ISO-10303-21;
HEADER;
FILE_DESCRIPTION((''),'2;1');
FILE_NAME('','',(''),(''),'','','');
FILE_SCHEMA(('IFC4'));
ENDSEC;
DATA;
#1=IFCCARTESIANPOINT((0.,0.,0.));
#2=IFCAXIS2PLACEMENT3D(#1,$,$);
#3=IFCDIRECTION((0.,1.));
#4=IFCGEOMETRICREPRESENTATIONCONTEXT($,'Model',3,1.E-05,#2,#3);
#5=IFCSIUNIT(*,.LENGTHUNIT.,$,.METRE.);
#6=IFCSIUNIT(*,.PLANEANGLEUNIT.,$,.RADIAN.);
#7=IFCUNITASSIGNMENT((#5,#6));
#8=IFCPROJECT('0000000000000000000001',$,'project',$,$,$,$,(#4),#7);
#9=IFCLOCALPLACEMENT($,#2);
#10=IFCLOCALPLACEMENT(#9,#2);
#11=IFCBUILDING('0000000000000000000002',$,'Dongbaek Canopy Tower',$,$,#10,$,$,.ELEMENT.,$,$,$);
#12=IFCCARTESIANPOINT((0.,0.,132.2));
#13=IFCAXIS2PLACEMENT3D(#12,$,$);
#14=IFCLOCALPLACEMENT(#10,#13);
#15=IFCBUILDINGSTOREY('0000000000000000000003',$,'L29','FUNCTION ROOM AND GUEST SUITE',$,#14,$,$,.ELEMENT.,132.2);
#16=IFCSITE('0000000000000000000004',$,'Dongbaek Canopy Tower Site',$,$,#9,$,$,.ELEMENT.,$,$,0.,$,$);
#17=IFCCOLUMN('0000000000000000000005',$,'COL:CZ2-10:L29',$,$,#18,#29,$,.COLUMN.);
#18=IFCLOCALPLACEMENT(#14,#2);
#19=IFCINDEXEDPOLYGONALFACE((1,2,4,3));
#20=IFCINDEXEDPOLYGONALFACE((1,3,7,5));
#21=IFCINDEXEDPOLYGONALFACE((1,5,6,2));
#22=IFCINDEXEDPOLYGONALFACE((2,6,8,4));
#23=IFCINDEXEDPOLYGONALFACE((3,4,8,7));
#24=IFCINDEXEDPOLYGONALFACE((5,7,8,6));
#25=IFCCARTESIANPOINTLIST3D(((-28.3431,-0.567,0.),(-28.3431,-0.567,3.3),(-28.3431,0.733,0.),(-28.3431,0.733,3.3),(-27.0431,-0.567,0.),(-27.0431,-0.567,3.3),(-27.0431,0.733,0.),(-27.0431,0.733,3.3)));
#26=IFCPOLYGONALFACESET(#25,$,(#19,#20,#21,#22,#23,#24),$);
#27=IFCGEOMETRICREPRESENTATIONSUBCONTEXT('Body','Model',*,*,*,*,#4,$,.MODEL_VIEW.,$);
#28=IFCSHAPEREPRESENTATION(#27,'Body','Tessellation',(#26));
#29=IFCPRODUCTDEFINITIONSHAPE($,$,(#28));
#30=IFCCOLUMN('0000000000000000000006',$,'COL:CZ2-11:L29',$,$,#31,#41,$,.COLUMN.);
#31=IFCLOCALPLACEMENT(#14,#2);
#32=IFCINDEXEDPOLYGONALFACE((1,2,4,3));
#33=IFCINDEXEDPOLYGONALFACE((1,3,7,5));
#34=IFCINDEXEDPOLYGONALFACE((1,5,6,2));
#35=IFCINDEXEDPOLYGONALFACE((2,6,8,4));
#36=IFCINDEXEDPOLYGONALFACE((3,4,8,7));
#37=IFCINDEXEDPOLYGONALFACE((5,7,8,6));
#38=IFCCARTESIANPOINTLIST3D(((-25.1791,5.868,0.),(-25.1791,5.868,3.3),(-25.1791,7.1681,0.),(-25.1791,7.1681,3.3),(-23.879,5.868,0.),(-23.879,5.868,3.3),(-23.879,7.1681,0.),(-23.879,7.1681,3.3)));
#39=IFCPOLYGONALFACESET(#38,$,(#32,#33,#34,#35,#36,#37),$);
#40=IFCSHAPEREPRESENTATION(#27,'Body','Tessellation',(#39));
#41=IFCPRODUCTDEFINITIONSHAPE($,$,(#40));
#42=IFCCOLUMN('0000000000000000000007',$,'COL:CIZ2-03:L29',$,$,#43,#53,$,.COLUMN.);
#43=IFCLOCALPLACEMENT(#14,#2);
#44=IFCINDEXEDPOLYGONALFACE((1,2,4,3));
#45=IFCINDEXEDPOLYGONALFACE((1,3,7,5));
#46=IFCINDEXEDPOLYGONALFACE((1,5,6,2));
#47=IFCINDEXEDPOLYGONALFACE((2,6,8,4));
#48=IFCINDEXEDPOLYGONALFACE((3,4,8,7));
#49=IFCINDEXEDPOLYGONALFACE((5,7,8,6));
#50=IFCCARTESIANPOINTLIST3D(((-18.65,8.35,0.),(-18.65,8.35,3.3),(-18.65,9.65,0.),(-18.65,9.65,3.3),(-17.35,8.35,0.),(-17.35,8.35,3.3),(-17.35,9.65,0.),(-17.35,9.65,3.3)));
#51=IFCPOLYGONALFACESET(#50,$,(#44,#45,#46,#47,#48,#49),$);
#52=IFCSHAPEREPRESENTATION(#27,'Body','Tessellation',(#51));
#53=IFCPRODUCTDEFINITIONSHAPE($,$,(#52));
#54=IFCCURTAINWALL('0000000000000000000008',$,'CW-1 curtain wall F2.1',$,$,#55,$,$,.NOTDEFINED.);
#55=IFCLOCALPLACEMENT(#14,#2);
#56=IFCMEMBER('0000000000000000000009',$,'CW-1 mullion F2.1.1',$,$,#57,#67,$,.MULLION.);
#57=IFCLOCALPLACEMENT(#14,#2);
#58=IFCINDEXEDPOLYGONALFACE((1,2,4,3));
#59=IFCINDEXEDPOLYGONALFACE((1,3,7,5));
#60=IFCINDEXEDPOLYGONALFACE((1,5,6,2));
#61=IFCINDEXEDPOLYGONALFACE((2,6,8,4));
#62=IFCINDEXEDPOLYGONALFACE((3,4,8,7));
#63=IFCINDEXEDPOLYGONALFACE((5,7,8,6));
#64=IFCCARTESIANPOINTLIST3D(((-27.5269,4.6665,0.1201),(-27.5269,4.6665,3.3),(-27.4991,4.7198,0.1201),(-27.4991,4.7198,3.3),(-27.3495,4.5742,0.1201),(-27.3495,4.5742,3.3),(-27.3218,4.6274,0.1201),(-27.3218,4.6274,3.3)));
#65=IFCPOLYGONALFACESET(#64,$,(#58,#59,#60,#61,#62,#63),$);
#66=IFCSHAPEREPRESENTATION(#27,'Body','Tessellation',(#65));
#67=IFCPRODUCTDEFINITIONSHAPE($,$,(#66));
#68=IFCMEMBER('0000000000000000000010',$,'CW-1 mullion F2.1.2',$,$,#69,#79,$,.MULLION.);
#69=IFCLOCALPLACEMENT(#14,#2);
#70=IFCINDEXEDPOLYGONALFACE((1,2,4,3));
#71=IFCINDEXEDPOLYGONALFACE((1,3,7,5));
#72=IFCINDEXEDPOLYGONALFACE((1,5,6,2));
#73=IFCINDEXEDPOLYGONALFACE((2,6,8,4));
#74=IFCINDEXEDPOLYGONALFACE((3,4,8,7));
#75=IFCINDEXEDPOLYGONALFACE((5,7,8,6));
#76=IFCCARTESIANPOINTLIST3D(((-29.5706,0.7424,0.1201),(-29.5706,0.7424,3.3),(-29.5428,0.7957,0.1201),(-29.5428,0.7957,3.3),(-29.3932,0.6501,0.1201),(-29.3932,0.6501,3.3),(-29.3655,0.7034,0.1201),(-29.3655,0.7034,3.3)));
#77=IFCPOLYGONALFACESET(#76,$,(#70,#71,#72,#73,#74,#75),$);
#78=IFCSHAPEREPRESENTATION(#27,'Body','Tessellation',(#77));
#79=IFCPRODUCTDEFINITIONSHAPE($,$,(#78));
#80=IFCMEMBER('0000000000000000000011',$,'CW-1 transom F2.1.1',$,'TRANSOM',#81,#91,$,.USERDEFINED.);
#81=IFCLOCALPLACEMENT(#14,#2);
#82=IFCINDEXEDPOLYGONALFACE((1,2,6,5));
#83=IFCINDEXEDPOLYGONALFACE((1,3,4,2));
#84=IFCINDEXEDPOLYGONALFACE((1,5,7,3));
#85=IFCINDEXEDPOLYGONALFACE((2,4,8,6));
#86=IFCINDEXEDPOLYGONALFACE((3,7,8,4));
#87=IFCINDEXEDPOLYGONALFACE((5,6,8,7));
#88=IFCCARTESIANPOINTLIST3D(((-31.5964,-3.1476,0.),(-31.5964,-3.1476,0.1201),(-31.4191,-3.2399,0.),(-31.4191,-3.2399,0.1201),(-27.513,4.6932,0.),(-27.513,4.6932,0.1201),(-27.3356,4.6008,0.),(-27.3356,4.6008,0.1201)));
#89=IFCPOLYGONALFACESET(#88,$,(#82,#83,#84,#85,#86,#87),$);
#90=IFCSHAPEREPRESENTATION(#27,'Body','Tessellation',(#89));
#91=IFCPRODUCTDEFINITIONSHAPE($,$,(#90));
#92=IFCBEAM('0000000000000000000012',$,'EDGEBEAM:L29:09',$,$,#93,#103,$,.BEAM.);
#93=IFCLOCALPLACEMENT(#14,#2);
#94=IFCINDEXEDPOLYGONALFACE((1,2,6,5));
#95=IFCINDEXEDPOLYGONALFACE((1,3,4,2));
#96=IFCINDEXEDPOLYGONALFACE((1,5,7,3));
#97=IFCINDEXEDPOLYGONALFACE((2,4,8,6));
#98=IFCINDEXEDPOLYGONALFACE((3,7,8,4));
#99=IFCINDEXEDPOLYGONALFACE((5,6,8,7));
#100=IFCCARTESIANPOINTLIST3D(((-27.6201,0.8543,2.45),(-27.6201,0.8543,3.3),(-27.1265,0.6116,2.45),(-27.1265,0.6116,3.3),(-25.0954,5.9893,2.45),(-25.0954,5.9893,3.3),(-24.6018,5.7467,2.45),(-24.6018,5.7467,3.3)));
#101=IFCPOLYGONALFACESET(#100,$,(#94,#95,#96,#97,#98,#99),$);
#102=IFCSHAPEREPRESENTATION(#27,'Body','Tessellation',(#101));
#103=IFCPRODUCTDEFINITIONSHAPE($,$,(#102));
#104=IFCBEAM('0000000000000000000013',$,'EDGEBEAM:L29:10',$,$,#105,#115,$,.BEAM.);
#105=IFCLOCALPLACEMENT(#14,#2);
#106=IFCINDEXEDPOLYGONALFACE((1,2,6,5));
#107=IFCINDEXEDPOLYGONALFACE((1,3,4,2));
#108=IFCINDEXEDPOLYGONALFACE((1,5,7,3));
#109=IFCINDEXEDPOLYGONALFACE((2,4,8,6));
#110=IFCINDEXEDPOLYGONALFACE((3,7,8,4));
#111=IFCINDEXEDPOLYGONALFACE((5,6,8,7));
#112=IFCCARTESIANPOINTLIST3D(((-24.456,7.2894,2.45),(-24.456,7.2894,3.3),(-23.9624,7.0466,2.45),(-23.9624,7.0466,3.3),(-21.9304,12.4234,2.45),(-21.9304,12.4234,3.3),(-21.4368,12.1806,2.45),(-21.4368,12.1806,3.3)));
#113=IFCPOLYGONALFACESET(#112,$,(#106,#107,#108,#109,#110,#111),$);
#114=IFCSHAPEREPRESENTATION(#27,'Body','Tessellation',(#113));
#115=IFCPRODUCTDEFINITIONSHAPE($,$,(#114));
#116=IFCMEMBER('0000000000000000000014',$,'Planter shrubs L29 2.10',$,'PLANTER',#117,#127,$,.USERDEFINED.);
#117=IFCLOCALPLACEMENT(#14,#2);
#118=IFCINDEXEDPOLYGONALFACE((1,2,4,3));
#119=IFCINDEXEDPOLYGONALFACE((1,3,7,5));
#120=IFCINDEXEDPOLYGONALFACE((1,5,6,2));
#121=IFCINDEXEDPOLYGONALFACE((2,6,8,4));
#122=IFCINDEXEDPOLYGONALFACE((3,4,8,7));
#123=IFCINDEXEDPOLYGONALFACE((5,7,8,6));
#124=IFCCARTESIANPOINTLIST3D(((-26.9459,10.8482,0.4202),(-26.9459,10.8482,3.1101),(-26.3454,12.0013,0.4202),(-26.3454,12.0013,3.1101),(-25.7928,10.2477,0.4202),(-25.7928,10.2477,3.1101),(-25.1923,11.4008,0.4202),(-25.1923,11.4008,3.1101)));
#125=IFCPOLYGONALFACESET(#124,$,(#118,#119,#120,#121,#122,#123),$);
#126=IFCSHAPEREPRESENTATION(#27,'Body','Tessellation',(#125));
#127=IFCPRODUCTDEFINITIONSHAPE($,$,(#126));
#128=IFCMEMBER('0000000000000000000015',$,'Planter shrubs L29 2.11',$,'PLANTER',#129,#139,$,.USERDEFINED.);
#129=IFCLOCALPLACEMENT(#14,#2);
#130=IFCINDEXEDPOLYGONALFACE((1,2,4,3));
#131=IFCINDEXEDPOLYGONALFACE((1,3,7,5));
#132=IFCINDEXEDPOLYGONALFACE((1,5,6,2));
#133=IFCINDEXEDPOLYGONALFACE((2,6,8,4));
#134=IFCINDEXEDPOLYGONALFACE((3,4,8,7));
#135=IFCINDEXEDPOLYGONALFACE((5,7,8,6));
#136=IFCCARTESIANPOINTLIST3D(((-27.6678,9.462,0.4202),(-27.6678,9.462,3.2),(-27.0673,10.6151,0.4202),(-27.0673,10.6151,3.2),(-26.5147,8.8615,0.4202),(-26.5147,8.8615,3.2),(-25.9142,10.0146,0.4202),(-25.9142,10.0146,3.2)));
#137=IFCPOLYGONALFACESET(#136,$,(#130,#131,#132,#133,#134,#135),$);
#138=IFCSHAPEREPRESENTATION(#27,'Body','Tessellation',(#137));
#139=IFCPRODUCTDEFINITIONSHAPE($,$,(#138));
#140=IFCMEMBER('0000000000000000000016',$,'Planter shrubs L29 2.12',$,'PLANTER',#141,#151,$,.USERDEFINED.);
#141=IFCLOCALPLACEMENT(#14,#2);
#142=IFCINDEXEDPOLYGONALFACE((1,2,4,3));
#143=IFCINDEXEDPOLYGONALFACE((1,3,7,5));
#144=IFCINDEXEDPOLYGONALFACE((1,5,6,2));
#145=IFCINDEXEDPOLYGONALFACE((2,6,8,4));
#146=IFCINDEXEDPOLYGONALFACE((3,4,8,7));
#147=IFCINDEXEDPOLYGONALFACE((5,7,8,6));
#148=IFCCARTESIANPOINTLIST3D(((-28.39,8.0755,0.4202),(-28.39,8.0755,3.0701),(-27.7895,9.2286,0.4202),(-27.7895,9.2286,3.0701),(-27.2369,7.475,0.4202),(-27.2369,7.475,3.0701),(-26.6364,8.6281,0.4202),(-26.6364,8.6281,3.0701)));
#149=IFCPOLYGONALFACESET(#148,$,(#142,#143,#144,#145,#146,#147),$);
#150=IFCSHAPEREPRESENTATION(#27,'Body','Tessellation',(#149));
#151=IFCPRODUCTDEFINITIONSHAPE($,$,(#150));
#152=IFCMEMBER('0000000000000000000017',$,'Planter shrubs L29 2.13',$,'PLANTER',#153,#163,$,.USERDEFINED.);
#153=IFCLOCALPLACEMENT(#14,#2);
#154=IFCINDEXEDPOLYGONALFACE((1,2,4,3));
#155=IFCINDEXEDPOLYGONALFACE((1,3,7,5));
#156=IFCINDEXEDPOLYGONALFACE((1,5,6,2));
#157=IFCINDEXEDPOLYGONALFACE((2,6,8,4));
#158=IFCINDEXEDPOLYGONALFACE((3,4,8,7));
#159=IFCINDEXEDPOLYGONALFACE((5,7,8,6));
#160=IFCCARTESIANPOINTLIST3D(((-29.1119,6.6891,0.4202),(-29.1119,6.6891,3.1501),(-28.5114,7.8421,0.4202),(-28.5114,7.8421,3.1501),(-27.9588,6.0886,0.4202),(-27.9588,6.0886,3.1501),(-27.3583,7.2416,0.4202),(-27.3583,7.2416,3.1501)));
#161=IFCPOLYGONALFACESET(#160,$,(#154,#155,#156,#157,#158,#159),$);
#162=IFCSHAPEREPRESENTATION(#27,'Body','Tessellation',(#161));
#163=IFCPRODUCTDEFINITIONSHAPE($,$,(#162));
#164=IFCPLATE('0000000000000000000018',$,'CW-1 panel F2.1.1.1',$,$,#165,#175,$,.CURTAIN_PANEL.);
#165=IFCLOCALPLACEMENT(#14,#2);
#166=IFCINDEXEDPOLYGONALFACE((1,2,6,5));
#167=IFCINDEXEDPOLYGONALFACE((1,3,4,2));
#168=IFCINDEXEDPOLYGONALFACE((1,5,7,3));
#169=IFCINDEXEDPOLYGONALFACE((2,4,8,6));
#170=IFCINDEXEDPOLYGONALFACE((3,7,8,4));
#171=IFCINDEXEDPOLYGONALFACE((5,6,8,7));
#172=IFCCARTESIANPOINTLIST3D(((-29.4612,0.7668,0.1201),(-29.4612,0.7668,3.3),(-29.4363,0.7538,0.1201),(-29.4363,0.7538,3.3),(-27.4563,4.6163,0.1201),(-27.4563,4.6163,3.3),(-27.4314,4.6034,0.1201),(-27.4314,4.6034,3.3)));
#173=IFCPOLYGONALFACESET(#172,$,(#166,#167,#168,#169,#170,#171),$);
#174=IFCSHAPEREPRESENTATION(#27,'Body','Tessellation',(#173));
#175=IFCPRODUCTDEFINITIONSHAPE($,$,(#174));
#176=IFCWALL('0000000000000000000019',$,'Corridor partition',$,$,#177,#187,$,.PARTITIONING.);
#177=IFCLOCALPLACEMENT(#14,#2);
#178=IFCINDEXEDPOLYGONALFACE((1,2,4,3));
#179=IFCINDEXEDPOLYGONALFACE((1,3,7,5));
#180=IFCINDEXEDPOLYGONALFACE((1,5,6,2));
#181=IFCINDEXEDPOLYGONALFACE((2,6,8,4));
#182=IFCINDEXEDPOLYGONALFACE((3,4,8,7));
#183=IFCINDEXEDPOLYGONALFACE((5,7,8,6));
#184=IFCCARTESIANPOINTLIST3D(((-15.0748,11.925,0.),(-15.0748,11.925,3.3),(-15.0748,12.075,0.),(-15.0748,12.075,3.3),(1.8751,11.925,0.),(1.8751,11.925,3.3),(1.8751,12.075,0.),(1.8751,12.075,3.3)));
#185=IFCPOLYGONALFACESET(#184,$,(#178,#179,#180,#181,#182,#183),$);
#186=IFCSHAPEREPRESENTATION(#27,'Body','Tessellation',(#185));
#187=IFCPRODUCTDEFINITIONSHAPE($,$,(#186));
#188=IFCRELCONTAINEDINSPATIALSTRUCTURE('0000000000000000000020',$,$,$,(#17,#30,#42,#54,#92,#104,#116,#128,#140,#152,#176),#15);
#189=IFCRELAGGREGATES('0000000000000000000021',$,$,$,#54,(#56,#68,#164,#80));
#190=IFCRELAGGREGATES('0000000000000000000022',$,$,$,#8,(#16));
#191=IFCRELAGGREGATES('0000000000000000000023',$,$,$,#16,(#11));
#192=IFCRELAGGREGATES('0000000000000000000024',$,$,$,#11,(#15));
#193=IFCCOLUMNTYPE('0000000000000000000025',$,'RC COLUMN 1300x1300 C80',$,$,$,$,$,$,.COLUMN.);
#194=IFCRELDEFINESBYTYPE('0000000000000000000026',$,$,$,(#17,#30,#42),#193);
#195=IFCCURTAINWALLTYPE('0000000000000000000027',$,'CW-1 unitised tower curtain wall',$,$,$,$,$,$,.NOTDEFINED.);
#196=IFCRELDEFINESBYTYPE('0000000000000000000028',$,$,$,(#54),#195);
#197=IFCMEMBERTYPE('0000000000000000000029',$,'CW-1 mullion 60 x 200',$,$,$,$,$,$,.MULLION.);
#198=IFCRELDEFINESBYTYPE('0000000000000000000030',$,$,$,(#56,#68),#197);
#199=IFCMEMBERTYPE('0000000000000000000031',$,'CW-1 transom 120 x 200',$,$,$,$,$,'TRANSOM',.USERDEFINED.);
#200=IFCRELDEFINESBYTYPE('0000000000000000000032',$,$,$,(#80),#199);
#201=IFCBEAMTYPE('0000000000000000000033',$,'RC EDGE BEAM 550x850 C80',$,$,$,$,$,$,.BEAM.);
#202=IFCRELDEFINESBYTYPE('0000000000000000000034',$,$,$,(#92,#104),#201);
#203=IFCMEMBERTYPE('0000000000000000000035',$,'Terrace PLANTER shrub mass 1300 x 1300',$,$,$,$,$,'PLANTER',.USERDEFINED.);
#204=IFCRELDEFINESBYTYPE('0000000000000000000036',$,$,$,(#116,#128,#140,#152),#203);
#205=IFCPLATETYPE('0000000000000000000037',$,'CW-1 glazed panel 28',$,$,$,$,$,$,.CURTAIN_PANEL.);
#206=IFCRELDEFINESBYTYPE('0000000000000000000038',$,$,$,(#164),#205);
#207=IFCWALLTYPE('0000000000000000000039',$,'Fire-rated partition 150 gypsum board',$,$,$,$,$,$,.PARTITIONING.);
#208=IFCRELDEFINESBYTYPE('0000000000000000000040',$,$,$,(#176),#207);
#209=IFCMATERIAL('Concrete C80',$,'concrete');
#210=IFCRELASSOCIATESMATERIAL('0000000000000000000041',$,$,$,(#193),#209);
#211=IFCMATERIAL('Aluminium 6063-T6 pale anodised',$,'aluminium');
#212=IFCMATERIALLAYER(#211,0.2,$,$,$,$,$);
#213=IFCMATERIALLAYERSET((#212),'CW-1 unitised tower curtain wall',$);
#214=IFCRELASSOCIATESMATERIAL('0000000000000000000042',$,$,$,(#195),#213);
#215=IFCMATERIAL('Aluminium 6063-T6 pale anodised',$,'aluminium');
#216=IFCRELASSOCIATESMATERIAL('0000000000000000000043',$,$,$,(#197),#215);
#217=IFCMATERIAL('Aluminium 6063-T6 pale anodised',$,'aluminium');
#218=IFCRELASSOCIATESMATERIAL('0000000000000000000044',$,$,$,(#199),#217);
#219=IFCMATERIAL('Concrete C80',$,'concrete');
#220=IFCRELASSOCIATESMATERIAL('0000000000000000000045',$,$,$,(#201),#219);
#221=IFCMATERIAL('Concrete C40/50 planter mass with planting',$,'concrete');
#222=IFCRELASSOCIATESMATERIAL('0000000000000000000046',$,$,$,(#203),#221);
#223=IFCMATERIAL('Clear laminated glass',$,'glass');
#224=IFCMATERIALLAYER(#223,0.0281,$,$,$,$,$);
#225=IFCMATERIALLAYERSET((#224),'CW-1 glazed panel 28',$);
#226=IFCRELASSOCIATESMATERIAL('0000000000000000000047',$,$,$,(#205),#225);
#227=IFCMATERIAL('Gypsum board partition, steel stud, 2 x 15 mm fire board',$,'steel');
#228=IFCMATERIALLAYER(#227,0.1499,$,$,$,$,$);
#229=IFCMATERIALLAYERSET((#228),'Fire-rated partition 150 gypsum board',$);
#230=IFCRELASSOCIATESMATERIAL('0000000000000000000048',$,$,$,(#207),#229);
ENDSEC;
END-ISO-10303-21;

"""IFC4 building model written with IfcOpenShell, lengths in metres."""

from ifc_helpers import new_model, si_unit, direction, frame, frame_2d, origin, origin_2d, place, context, subcontext, project, spatial, rectangle, extrude, material, layer, layer_set, material_profile, profile_set, type_object, element, aggregate, save


model = new_model("IFC4")

# Units and contexts
model_context = context("Model", 3, precision=1e-05, world=origin(), true_north=direction((0.0, 1.0)))
body_context = subcontext(model_context, "Body", "Model", "MODEL_VIEW")
ifc_project = project(units=[si_unit("LENGTHUNIT", "METRE"), si_unit("PLANEANGLEUNIT", "RADIAN")], contexts=[model_context])

# Site, building, storey
site_placement = place(None, origin())
site = spatial("IfcSite", under=ifc_project, at=site_placement, Name="Dongbaek Canopy Tower Site", CompositionType="ELEMENT", RefElevation=0.0)
building_placement = place(site_placement, origin())
building = spatial("IfcBuilding", under=site, at=building_placement, Name="Dongbaek Canopy Tower", CompositionType="ELEMENT")
storey_placement = place(building_placement, frame((0.0, 0.0, 132.2)))
storey = spatial("IfcBuildingStorey", under=building, at=storey_placement, Name="L29", Description="FUNCTION ROOM AND GUEST SUITE", CompositionType="ELEMENT", Elevation=132.2)

# Columns
ifc_material_1 = material(Name="Concrete C80", Category="concrete")
ifc_material_profile_1 = material_profile(ifc_material_1, rectangle(XDim=1.3, YDim=1.3, at=origin_2d()), Name="RC COLUMN 1300x1300 C80")
ifc_profile_set_1 = profile_set([ifc_material_profile_1], Name="Concrete C80")
column_type = type_object("IfcColumnType", Name="RC COLUMN 1300x1300 C80", PredefinedType="COLUMN", material=ifc_profile_set_1)
for number, where, z_axis, x_axis, name in (
    (1, (-27.6931, 0.083, 0.0), (0.0, 0.0, 1.0), (1.0, 0.0, 0.0), "COL:CZ2-10:L29"),
    (2, (-24.5291, 6.5181, 0.0), (0.0, 0.0, 1.0), (1.0, 0.0, 0.0), "COL:CZ2-11:L29"),
    (3, (-18.0, 9.0, 0.0), (0.0, 0.0, 1.0), (1.0, 0.0, 0.0), "COL:CIZ2-03:L29"),
):
    element("IfcColumn", number, at=place(storey_placement, frame(where, z_axis=z_axis, x_axis=x_axis)), inside=storey, type_object=column_type, Name=name, PredefinedType="COLUMN", context=body_context, shape_type="SweptSolid", body=[
        extrude(rectangle(XDim=1.3, YDim=1.3, at=origin_2d()), origin(), (0.0, 0.0, 1.0), 3.3),
    ])

# Curtain wall, members
ifc_material_2 = material(Name="Aluminium 6063-T6 pale anodised", Category="aluminium")
ifc_layer_1 = layer(ifc_material_2, 0.2)
ifc_layer_set_1 = layer_set([ifc_layer_1], Name="CW-1 unitised tower curtain wall")
curtain_wall_type = type_object("IfcCurtainWallType", Name="CW-1 unitised tower curtain wall", PredefinedType="NOTDEFINED", material=ifc_layer_set_1)
curtain_wall_placement = place(storey_placement, origin())
curtain_wall = element("IfcCurtainWall", 4, at=curtain_wall_placement, inside=storey, type_object=curtain_wall_type, Name="CW-1 curtain wall F2.1", PredefinedType="NOTDEFINED")
ifc_material_3 = material(Name="Aluminium 6063-T6 pale anodised", Category="aluminium")
ifc_material_profile_2 = material_profile(ifc_material_3, rectangle(XDim=0.2, YDim=0.0601, at=origin_2d()), Name="CW-1 mullion 60 x 200")
ifc_profile_set_2 = profile_set([ifc_material_profile_2], Name="Aluminium 6063-T6 pale anodised")
member_type_1 = type_object("IfcMemberType", Name="CW-1 mullion 60 x 200", PredefinedType="MULLION", material=ifc_profile_set_2)
member_1_placement = place(storey_placement, frame((-27.4243, 4.647, 0.1201), z_axis=(0.0, 0.0, 1.0), x_axis=(-0.886927, 0.46191, 0.0)))
member_1 = element("IfcMember", 5, at=member_1_placement, type_object=member_type_1, Name="CW-1 mullion F2.1.1", PredefinedType="MULLION", context=body_context, shape_type="SweptSolid", body=[
    extrude(rectangle(XDim=0.2, YDim=0.0601, at=origin_2d()), origin(), (0.0, 0.0, 1.0), 3.1799),
])
member_2_placement = place(storey_placement, frame((-29.468, 0.7229, 0.1201), z_axis=(0.0, 0.0, 1.0), x_axis=(-0.886927, 0.46191, 0.0)))
member_2 = element("IfcMember", 6, at=member_2_placement, type_object=member_type_1, Name="CW-1 mullion F2.1.2", PredefinedType="MULLION", context=body_context, shape_type="SweptSolid", body=[
    extrude(rectangle(XDim=0.2, YDim=0.0601, at=origin_2d()), origin(), (0.0, 0.0, 1.0), 3.1799),
])
ifc_material_4 = material(Name="Aluminium 6063-T6 pale anodised", Category="aluminium")
ifc_material_profile_3 = material_profile(ifc_material_4, rectangle(XDim=0.2, YDim=0.1201, at=origin_2d()), Name="CW-1 transom 120 x 200")
ifc_profile_set_3 = profile_set([ifc_material_profile_3], Name="Aluminium 6063-T6 pale anodised")
member_type_2 = type_object("IfcMemberType", Name="CW-1 transom 120 x 200", ElementType="TRANSOM", PredefinedType="USERDEFINED", material=ifc_profile_set_3)
member_3_placement = place(storey_placement, frame((-27.4243, 4.647, 0.0601), z_axis=(-0.461911, -0.886926, 0.0), x_axis=(0.886926, -0.461911, 0.0)))
member_3 = element("IfcMember", 7, at=member_3_placement, type_object=member_type_2, Name="CW-1 transom F2.1.1", ObjectType="TRANSOM", PredefinedType="USERDEFINED", context=body_context, shape_type="SweptSolid", body=[
    extrude(rectangle(XDim=0.2, YDim=0.1201, at=origin_2d()), origin(), (0.0, 0.0, 1.0), 8.8403),
])

# Beams
ifc_material_5 = material(Name="Concrete C80", Category="concrete")
ifc_material_profile_4 = material_profile(ifc_material_5, rectangle(XDim=0.55, YDim=0.8501, at=origin_2d()), Name="RC EDGE BEAM 550x850 C80")
ifc_profile_set_4 = profile_set([ifc_material_profile_4], Name="Concrete C80")
beam_type = type_object("IfcBeamType", Name="RC EDGE BEAM 550x850 C80", PredefinedType="BEAM", material=ifc_profile_set_4)
beam_1_placement = place(storey_placement, frame((-27.3733, 0.7329, 2.875), z_axis=(0.441213, 0.897402, 0.0), x_axis=(-0.897402, 0.441213, 0.0)))
element("IfcBeam", 8, at=beam_1_placement, inside=storey, type_object=beam_type, Name="EDGEBEAM:L29:09", PredefinedType="BEAM", context=body_context, shape_type="SweptSolid", body=[
    extrude(rectangle(XDim=0.55, YDim=0.8501, at=origin_2d()), origin(), (0.0, 0.0, 1.0), 5.7222),
])
beam_2_placement = place(storey_placement, frame((-24.2092, 7.168, 2.875), z_axis=(0.441418, 0.897301, 0.0), x_axis=(-0.897301, 0.441418, 0.0)))
element("IfcBeam", 9, at=beam_2_placement, inside=storey, type_object=beam_type, Name="EDGEBEAM:L29:10", PredefinedType="BEAM", context=body_context, shape_type="SweptSolid", body=[
    extrude(rectangle(XDim=0.55, YDim=0.8501, at=origin_2d()), origin(), (0.0, 0.0, 1.0), 5.7217),
])

# Members
ifc_material_6 = material(Name="Concrete C40/50 planter mass with planting", Category="concrete")
ifc_material_profile_5 = material_profile(ifc_material_6, rectangle(XDim=1.3, YDim=1.3, at=origin_2d()), Name="Terrace PLANTER shrub mass 1300 x 1300")
ifc_profile_set_5 = profile_set([ifc_material_profile_5], Name="Concrete C40/50 planter mass with planting")
member_type_3 = type_object("IfcMemberType", Name="Terrace PLANTER shrub mass 1300 x 1300", ElementType="PLANTER", PredefinedType="USERDEFINED", material=ifc_profile_set_5)
member_4_placement = place(storey_placement, frame((-26.0691, 11.1245, 0.4202), z_axis=(0.0, 0.0, 1.0), x_axis=(-0.886927, 0.46191, 0.0)))
element("IfcMember", 10, at=member_4_placement, inside=storey, type_object=member_type_3, Name="Planter shrubs L29 2.10", ObjectType="PLANTER", PredefinedType="USERDEFINED", context=body_context, shape_type="SweptSolid", body=[
    extrude(rectangle(XDim=1.3, YDim=1.3, at=origin_2d()), origin(), (0.0, 0.0, 1.0), 2.6899),
])
member_5_placement = place(storey_placement, frame((-26.791, 9.7383, 0.4202), z_axis=(0.0, 0.0, 1.0), x_axis=(-0.886927, 0.46191, 0.0)))
element("IfcMember", 11, at=member_5_placement, inside=storey, type_object=member_type_3, Name="Planter shrubs L29 2.11", ObjectType="PLANTER", PredefinedType="USERDEFINED", context=body_context, shape_type="SweptSolid", body=[
    extrude(rectangle(XDim=1.3, YDim=1.3, at=origin_2d()), origin(), (0.0, 0.0, 1.0), 2.7798),
])
member_6_placement = place(storey_placement, frame((-27.5132, 8.3518, 0.4202), z_axis=(0.0, 0.0, 1.0), x_axis=(-0.886927, 0.46191, 0.0)))
element("IfcMember", 12, at=member_6_placement, inside=storey, type_object=member_type_3, Name="Planter shrubs L29 2.12", ObjectType="PLANTER", PredefinedType="USERDEFINED", context=body_context, shape_type="SweptSolid", body=[
    extrude(rectangle(XDim=1.3, YDim=1.3, at=origin_2d()), origin(), (0.0, 0.0, 1.0), 2.6499),
])
member_7_placement = place(storey_placement, frame((-28.2351, 6.9653, 0.4202), z_axis=(0.0, 0.0, 1.0), x_axis=(-0.886927, 0.46191, 0.0)))
element("IfcMember", 13, at=member_7_placement, inside=storey, type_object=member_type_3, Name="Planter shrubs L29 2.13", ObjectType="PLANTER", PredefinedType="USERDEFINED", context=body_context, shape_type="SweptSolid", body=[
    extrude(rectangle(XDim=1.3, YDim=1.3, at=origin_2d()), origin(), (0.0, 0.0, 1.0), 2.73),
])

# Plate
ifc_material_7 = material(Name="Clear laminated glass", Category="glass")
ifc_layer_2 = layer(ifc_material_7, 0.0281)
ifc_layer_set_2 = layer_set([ifc_layer_2], Name="CW-1 glazed panel 28")
plate_type = type_object("IfcPlateType", Name="CW-1 glazed panel 28", PredefinedType="CURTAIN_PANEL", material=ifc_layer_set_2)
plate_placement = place(storey_placement, frame((-28.4463, 2.6851, 0.1201), z_axis=(0.0, 0.0, 1.0), x_axis=(-0.46191, -0.886927, 0.0)))
plate = element("IfcPlate", 14, at=plate_placement, type_object=plate_type, Name="CW-1 panel F2.1.1.1", PredefinedType="CURTAIN_PANEL", context=body_context, shape_type="SweptSolid", body=[
    extrude(rectangle(XDim=4.3403, YDim=0.0281, at=origin_2d()), origin(), (0.0, 0.0, 1.0), 3.1799),
])

# Wall
ifc_material_8 = material(Name="Gypsum board partition, steel stud, 2 x 15 mm fire board", Category="steel")
ifc_layer_3 = layer(ifc_material_8, 0.1499)
ifc_layer_set_3 = layer_set([ifc_layer_3], Name="Fire-rated partition 150 gypsum board")
wall_type_1 = type_object("IfcWallType", Name="Fire-rated partition 150 gypsum board", PredefinedType="PARTITIONING", material=ifc_layer_set_3)
wall_1_placement = place(storey_placement, frame((-15.075, 12.0, 0.0), z_axis=(0.0, 0.0, 1.0), x_axis=(1.0, 0.0, 0.0)))
element("IfcWall", 15, at=wall_1_placement, inside=storey, type_object=wall_type_1, Name="Corridor partition", PredefinedType="PARTITIONING", context=body_context, shape_type="SweptSolid", body=[
    extrude(rectangle(XDim=16.95, YDim=0.1499, at=frame_2d((8.4751, 0.0))), origin(), (0.0, 0.0, 1.0), 3.3),
])

aggregate(curtain_wall, [member_1, member_2, plate, member_3])

save(model, "model.ifc")
